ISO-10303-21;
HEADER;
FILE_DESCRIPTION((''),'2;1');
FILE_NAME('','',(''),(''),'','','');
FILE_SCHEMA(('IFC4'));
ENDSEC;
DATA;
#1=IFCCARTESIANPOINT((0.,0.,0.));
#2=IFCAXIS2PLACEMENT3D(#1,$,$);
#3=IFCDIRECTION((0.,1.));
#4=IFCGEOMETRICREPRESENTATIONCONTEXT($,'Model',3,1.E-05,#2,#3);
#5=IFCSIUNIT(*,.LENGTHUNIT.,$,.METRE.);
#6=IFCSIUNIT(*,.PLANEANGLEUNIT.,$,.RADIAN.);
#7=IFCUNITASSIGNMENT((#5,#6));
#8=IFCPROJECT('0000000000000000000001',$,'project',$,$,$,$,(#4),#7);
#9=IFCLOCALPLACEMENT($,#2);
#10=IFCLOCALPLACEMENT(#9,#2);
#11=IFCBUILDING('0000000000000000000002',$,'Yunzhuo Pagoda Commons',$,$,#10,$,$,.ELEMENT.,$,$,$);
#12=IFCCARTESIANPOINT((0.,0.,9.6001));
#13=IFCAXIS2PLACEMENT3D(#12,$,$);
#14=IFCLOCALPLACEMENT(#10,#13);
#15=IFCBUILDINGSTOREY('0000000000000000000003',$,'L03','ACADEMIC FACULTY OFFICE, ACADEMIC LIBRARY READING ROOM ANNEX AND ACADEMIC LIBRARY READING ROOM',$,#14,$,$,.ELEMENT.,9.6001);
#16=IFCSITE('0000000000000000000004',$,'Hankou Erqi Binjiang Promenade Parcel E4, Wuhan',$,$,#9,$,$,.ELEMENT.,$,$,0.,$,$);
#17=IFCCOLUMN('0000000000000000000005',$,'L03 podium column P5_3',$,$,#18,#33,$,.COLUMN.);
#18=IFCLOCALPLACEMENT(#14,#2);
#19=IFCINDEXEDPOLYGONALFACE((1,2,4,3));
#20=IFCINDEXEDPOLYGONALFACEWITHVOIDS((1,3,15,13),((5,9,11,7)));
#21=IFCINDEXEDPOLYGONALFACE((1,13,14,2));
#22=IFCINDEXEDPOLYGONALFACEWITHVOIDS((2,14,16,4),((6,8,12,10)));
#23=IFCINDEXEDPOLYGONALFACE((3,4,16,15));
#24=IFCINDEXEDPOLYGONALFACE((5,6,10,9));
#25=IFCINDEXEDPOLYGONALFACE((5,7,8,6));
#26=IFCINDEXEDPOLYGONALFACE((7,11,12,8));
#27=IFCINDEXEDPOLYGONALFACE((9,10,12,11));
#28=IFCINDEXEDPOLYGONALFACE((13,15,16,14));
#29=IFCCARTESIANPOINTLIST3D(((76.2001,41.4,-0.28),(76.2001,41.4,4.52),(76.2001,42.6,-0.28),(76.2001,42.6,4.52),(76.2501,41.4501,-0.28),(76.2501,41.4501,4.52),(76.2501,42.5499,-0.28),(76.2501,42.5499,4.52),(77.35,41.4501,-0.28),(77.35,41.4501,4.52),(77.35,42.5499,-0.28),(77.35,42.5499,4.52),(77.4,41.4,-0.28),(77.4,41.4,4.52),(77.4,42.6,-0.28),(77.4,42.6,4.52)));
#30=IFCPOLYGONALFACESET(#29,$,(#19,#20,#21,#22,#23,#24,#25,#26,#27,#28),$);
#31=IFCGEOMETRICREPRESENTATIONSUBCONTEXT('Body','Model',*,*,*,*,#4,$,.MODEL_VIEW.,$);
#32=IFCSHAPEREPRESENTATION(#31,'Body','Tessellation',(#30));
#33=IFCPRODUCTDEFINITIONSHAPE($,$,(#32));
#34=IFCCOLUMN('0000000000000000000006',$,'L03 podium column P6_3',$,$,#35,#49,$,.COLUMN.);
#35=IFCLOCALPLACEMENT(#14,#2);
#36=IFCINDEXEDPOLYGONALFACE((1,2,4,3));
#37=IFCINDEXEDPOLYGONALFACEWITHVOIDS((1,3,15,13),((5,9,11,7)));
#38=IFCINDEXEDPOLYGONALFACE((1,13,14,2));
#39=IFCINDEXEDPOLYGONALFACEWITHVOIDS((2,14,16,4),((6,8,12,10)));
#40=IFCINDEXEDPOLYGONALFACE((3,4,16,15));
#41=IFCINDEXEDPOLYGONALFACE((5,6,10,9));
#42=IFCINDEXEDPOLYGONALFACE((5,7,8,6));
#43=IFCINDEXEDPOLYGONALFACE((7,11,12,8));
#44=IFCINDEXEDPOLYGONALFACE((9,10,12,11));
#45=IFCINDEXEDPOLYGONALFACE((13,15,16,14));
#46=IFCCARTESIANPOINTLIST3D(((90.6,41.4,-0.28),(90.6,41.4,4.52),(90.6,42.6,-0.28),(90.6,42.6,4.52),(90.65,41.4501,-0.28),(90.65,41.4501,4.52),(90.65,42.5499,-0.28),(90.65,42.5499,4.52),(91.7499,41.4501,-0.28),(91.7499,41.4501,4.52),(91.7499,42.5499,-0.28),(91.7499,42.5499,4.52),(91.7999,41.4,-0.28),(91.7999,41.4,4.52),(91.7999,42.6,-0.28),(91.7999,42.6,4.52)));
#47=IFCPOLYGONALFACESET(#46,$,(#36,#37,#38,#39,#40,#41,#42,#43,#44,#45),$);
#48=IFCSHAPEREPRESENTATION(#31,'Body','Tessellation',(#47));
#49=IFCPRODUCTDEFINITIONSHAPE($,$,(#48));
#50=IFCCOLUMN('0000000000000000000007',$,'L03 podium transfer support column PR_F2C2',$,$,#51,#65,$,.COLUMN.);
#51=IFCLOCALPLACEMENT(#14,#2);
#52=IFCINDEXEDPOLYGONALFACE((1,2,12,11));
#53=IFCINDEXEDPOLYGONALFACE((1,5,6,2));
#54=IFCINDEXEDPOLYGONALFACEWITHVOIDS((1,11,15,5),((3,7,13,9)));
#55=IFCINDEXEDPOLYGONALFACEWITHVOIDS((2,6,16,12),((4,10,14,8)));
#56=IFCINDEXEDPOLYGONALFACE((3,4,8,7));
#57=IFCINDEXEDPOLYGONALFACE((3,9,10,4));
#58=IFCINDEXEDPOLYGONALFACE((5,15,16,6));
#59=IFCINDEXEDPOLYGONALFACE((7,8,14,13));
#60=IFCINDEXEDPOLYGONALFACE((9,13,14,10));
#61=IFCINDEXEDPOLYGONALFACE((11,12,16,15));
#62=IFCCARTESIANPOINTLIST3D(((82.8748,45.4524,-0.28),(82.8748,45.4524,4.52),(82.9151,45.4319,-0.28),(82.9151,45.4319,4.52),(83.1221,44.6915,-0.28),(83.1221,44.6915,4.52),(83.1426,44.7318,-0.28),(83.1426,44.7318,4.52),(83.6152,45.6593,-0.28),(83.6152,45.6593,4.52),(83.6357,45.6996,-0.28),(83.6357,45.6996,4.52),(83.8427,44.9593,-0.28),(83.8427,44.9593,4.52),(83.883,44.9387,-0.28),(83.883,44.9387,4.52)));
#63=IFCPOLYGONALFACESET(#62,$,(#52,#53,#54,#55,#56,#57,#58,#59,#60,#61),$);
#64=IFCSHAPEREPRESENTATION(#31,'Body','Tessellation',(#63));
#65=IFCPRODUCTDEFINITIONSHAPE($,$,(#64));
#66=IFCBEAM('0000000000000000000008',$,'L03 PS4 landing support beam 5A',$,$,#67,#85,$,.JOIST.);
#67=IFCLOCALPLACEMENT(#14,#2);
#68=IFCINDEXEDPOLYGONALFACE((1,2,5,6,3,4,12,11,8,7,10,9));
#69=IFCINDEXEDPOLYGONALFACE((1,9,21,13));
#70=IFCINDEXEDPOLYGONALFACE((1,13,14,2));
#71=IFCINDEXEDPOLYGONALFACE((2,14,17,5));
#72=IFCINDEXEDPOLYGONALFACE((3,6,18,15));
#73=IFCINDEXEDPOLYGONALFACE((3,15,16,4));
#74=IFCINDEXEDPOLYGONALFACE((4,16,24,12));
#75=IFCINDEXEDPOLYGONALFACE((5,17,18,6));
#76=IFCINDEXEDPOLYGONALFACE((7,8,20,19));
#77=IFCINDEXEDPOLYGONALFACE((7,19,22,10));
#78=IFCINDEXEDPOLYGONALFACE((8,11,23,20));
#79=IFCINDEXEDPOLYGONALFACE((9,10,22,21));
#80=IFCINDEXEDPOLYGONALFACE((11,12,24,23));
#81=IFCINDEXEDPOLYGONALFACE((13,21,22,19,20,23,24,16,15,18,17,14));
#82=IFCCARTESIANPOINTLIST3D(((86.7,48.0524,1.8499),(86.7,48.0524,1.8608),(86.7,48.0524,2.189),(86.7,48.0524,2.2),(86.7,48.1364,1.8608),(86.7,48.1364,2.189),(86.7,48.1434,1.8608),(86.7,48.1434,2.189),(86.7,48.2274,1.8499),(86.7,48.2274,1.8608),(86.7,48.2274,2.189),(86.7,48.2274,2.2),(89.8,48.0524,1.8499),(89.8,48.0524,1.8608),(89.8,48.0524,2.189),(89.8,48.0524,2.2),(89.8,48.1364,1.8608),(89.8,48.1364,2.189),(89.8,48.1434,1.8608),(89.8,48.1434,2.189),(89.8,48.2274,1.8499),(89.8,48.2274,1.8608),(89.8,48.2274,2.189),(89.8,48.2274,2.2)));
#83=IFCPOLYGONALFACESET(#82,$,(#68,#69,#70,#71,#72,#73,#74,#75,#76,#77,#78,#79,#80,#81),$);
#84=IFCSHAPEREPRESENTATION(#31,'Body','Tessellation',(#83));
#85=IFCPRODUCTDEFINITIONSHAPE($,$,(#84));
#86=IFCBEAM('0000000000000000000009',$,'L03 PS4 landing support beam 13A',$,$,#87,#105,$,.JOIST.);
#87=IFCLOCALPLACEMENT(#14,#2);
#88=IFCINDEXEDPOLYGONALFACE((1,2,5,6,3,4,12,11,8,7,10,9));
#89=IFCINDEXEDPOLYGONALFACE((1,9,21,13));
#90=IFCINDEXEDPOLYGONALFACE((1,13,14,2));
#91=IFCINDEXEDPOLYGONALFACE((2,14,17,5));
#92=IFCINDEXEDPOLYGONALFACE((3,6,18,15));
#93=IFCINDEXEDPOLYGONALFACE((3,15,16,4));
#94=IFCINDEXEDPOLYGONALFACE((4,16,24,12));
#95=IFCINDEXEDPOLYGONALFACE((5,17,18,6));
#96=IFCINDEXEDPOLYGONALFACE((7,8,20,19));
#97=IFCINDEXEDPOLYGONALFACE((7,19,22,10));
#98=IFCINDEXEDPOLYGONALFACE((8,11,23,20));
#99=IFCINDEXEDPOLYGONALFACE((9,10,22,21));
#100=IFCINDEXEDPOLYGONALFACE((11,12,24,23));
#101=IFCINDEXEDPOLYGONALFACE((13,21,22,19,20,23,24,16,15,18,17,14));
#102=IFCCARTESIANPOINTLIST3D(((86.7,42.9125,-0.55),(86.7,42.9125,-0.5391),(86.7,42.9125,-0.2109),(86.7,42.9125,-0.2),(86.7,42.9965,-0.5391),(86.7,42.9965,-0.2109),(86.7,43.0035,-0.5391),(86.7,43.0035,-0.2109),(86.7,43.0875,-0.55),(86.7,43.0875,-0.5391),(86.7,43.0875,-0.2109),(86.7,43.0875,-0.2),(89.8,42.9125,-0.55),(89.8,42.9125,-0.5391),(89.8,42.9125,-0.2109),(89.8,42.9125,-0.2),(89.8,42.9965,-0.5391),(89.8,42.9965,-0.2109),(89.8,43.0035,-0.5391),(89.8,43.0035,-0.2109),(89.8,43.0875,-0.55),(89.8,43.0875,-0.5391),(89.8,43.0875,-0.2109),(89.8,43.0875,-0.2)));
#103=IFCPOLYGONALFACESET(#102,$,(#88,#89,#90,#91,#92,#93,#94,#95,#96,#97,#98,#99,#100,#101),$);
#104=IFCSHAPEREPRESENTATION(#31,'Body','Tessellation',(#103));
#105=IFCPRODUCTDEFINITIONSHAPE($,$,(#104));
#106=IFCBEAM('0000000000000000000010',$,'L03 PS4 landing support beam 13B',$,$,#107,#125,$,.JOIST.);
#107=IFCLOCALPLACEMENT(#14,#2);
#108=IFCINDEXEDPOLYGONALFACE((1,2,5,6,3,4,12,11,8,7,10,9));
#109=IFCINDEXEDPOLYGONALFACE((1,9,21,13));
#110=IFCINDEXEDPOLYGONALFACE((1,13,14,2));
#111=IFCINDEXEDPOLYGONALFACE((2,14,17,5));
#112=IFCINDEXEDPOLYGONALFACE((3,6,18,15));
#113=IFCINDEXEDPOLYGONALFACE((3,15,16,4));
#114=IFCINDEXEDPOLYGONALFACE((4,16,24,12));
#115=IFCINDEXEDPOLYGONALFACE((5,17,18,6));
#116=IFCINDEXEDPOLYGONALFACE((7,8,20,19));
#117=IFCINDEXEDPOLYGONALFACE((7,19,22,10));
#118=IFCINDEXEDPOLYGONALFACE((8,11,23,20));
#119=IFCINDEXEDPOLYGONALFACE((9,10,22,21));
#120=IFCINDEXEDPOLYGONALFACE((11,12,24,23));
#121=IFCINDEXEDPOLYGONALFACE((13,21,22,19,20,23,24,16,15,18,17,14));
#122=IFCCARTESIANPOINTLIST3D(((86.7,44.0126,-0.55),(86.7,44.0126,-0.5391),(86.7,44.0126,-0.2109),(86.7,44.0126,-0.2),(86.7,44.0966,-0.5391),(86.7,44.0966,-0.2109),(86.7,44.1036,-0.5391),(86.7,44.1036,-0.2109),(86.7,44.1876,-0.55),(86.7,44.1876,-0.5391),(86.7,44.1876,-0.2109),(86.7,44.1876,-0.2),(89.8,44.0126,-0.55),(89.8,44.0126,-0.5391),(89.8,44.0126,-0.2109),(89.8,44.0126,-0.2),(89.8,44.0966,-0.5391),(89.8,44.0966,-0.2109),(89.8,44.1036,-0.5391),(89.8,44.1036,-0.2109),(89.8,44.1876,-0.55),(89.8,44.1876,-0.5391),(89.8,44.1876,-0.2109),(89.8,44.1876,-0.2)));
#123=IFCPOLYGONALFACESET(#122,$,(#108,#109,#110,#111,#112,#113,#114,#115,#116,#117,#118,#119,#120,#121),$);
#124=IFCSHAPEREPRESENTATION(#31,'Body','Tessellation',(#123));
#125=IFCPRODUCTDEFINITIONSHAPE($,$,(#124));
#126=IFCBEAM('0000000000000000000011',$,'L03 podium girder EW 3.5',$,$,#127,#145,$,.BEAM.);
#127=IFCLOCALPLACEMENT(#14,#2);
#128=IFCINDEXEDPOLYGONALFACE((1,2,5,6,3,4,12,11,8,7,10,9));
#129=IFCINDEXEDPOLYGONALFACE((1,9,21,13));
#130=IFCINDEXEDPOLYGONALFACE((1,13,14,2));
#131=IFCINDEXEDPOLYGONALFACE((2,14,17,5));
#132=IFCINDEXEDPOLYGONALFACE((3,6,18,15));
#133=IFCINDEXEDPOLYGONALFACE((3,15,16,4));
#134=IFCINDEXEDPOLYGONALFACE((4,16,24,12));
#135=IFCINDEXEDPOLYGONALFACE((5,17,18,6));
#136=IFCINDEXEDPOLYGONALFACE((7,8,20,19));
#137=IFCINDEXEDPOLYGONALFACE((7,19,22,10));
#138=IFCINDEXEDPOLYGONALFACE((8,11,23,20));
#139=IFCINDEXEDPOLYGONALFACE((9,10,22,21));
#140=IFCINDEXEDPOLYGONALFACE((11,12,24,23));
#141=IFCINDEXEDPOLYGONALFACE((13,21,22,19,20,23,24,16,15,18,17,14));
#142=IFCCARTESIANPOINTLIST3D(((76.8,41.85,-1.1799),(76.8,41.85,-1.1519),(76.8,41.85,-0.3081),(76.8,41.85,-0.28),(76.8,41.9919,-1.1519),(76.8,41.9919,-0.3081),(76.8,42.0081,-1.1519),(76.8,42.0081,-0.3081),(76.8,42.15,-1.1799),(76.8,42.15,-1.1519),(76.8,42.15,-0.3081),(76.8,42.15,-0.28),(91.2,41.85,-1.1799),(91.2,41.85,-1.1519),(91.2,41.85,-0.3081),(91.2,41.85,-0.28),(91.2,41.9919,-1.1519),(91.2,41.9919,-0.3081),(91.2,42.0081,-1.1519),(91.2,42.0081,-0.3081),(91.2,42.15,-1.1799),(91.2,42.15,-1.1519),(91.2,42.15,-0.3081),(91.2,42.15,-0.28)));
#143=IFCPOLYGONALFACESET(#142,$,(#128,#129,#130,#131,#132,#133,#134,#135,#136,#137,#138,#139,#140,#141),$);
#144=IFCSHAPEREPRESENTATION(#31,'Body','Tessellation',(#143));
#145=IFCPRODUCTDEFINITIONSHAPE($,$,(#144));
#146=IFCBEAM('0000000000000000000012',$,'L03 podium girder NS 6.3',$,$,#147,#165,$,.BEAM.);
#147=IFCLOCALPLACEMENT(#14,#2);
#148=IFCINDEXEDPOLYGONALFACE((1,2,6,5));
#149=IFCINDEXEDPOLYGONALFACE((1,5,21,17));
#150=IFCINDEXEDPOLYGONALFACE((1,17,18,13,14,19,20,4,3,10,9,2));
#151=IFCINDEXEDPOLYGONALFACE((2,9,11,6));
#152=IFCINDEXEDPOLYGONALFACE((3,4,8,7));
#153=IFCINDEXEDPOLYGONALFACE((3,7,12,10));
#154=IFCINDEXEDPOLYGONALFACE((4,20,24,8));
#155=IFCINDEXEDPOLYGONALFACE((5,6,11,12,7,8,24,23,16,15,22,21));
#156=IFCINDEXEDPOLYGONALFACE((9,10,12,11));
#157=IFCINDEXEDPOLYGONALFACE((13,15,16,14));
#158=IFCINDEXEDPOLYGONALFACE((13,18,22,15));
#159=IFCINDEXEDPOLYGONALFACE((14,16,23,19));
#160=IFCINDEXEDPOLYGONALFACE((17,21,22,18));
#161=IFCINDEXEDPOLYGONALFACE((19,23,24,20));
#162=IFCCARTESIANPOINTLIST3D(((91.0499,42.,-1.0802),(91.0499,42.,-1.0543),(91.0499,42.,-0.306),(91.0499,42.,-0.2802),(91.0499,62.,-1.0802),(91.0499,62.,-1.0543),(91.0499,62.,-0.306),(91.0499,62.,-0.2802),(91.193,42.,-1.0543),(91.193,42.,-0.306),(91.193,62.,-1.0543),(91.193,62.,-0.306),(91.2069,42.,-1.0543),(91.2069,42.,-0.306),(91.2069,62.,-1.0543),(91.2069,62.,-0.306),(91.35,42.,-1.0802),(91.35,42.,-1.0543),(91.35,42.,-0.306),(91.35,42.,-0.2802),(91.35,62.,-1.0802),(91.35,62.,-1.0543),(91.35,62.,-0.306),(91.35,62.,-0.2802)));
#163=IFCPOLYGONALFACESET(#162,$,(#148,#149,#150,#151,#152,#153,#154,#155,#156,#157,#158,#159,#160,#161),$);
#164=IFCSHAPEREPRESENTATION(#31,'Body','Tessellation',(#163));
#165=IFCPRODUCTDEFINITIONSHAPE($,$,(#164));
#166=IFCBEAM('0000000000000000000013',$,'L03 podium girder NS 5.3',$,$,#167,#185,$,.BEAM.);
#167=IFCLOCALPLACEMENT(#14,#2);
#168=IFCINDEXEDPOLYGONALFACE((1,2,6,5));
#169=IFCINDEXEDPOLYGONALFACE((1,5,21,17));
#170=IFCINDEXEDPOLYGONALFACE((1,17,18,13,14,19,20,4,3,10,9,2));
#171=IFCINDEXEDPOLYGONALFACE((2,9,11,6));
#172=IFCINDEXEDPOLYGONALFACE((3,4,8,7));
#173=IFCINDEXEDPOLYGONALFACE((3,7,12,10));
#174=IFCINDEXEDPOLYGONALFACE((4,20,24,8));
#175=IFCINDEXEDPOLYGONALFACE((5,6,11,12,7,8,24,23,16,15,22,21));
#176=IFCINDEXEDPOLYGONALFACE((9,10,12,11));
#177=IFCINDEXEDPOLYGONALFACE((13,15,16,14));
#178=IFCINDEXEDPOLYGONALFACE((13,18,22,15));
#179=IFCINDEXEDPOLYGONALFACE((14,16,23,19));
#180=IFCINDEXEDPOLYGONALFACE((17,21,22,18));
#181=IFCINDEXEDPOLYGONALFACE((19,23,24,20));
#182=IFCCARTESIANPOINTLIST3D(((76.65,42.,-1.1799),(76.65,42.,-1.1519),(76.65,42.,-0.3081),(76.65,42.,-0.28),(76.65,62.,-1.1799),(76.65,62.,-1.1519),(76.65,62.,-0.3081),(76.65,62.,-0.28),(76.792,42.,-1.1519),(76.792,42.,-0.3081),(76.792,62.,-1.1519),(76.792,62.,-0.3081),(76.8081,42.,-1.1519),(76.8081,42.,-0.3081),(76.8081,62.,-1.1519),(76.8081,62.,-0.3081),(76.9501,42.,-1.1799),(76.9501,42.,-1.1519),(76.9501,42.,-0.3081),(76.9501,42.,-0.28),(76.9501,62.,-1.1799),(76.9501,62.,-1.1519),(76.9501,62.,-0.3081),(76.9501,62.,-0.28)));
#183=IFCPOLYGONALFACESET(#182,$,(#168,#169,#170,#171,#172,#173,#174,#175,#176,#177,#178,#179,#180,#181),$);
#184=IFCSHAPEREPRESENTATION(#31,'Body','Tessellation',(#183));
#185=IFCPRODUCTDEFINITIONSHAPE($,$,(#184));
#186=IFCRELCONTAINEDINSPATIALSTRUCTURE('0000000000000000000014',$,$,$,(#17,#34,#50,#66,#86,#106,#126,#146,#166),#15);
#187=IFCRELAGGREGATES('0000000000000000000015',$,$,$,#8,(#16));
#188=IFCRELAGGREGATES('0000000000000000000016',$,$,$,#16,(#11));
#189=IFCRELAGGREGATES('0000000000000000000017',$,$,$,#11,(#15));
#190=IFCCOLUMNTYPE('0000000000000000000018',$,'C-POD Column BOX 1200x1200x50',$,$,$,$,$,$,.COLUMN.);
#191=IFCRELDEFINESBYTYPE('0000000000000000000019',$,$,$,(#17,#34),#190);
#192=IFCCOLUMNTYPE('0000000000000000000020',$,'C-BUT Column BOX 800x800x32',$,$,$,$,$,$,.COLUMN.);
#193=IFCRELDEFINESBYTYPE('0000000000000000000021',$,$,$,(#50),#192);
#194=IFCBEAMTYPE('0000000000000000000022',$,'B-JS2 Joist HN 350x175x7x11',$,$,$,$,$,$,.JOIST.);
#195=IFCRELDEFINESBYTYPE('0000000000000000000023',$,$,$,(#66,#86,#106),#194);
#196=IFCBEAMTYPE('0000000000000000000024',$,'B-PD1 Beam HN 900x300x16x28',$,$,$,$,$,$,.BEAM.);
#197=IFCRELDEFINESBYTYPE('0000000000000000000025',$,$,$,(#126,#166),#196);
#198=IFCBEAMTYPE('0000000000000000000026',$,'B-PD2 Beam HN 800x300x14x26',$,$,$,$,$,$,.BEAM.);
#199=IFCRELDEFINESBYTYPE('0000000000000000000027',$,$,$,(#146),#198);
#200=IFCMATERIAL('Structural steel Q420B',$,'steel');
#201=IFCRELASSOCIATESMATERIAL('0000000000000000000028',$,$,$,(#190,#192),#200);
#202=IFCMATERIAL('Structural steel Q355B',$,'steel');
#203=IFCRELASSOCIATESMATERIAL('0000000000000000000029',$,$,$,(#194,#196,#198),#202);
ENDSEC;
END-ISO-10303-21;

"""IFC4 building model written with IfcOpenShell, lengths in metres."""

from ifc_helpers import new_model, si_unit, direction, frame, origin, origin_2d, place, context, subcontext, project, spatial, hollow_rectangle, i_section, extrude, source, transform, mapped, material, material_profile, profile_set, type_object, element, save


model = new_model("IFC4")

# Units and contexts
model_context = context("Model", 3, precision=1e-05, world=origin(), true_north=direction((0.0, 1.0)))
body_context = subcontext(model_context, "Body", "Model", "MODEL_VIEW")
ifc_project = project(units=[si_unit("LENGTHUNIT", "METRE"), si_unit("PLANEANGLEUNIT", "RADIAN")], contexts=[model_context])

# Site, building, storey
site_placement = place(None, origin())
site = spatial("IfcSite", under=ifc_project, at=site_placement, Name="Hankou Erqi Binjiang Promenade Parcel E4, Wuhan", CompositionType="ELEMENT", RefElevation=0.0)
building_placement = place(site_placement, origin())
building = spatial("IfcBuilding", under=site, at=building_placement, Name="Yunzhuo Pagoda Commons", CompositionType="ELEMENT")
storey_placement = place(building_placement, frame((0.0, 0.0, 9.6001)))
storey = spatial("IfcBuildingStorey", under=building, at=storey_placement, Name="L03", Description="ACADEMIC FACULTY OFFICE, ACADEMIC LIBRARY READING ROOM ANNEX AND ACADEMIC LIBRARY READING ROOM", CompositionType="ELEMENT", Elevation=9.6001)

# Columns
ifc_material_1 = material(Name="Structural steel Q420B", Category="steel")
ifc_material_profile_1 = material_profile(ifc_material_1, hollow_rectangle(XDim=1.2, YDim=1.2, WallThickness=0.05, at=origin_2d()), Name="Structural steel Q420B")
ifc_profile_set_1 = profile_set([ifc_material_profile_1], Name="Structural steel Q420B")
column_type_1 = type_object("IfcColumnType", Name="C-POD Column BOX 1200x1200x50", PredefinedType="COLUMN", material=ifc_profile_set_1)
shared_shape_1 = source(origin(), body_context, "Body", "SweptSolid", [
    extrude(hollow_rectangle(XDim=1.2, YDim=1.2, WallThickness=0.05, at=origin_2d()), origin(), (0.0, 0.0, 1.0), 4.8),
])
for number, where, z_axis, x_axis, name in (
    (1, (76.8, 42.0, -0.28), (0.0, 0.0, 1.0), (1.0, 0.0, 0.0), "L03 podium column P5_3"),
    (2, (91.2, 42.0, -0.28), (0.0, 0.0, 1.0), (1.0, 0.0, 0.0), "L03 podium column P6_3"),
):
    element("IfcColumn", number, at=place(storey_placement, frame(where, z_axis=z_axis, x_axis=x_axis)), inside=storey, type_object=column_type_1, Name=name, PredefinedType="COLUMN", context=body_context, shape_type="MappedRepresentation", body=[
        mapped(shared_shape_1, transform((0.0, 0.0, 0.0), scale=1.0)),
    ])
ifc_material_profile_2 = material_profile(ifc_material_1, hollow_rectangle(XDim=0.8, YDim=0.8, WallThickness=0.032, at=origin_2d()), Name="Structural steel Q420B")
ifc_profile_set_2 = profile_set([ifc_material_profile_2], Name="Structural steel Q420B")
column_type_2 = type_object("IfcColumnType", Name="C-BUT Column BOX 800x800x32", PredefinedType="COLUMN", material=ifc_profile_set_2)
shared_shape_2 = source(origin(), body_context, "Body", "SweptSolid", [
    extrude(hollow_rectangle(XDim=0.8, YDim=0.8, WallThickness=0.032, at=origin_2d()), origin(), (0.0, 0.0, 1.0), 4.8),
])
column_placement = place(storey_placement, frame((83.3789, 45.1956, -0.28), z_axis=(0.0, 0.0, 1.0), x_axis=(-0.309017, 0.951057, 0.0)))
element("IfcColumn", 3, at=column_placement, inside=storey, type_object=column_type_2, Name="L03 podium transfer support column PR_F2C2", PredefinedType="COLUMN", context=body_context, shape_type="MappedRepresentation", body=[
    mapped(shared_shape_2, transform((0.0, 0.0, 0.0), scale=1.0)),
])

# Beams
ifc_material_2 = material(Name="Structural steel Q355B", Category="steel")
ifc_material_profile_3 = material_profile(ifc_material_2, i_section(OverallWidth=0.175, OverallDepth=0.3501, WebThickness=0.0071, FlangeThickness=0.011, at=origin_2d()), Name="Structural steel Q355B")
ifc_profile_set_3 = profile_set([ifc_material_profile_3], Name="Structural steel Q355B")
beam_type_1 = type_object("IfcBeamType", Name="B-JS2 Joist HN 350x175x7x11", PredefinedType="JOIST", material=ifc_profile_set_3)
shared_shape_3 = source(origin(), body_context, "Body", "SweptSolid", [
    extrude(i_section(OverallWidth=0.175, OverallDepth=0.3501, WebThickness=0.0071, FlangeThickness=0.011, at=origin_2d()), origin(), (0.0, 0.0, 1.0), 3.1001),
])
for number, where, z_axis, x_axis, name in (
    (4, (86.7, 48.1399, 2.0249), (1.0, 0.0, 0.0), (0.0, 1.0, 0.0), "L03 PS4 landing support beam 5A"),
    (5, (86.7, 43.0, -0.375), (1.0, 0.0, 0.0), (0.0, 1.0, 0.0), "L03 PS4 landing support beam 13A"),
    (6, (86.7, 44.1001, -0.375), (1.0, 0.0, 0.0), (0.0, 1.0, 0.0), "L03 PS4 landing support beam 13B"),
):
    element("IfcBeam", number, at=place(storey_placement, frame(where, z_axis=z_axis, x_axis=x_axis)), inside=storey, type_object=beam_type_1, Name=name, PredefinedType="JOIST", context=body_context, shape_type="MappedRepresentation", body=[
        mapped(shared_shape_3, transform((0.0, 0.0, 0.0), scale=1.0)),
    ])
ifc_material_profile_4 = material_profile(ifc_material_2, i_section(OverallWidth=0.3, OverallDepth=0.8999, WebThickness=0.0161, FlangeThickness=0.0281, at=origin_2d()), Name="Structural steel Q355B")
ifc_profile_set_4 = profile_set([ifc_material_profile_4], Name="Structural steel Q355B")
beam_type_2 = type_object("IfcBeamType", Name="B-PD1 Beam HN 900x300x16x28", PredefinedType="BEAM", material=ifc_profile_set_4)
shared_shape_4 = source(origin(), body_context, "Body", "SweptSolid", [
    extrude(i_section(OverallWidth=0.3, OverallDepth=0.8999, WebThickness=0.0161, FlangeThickness=0.0281, at=origin_2d()), origin(), (0.0, 0.0, 1.0), 14.3999),
])
beam_1_placement = place(storey_placement, frame((76.8, 42.0, -0.73), z_axis=(1.0, 0.0, 0.0), x_axis=(0.0, 1.0, 0.0)))
element("IfcBeam", 7, at=beam_1_placement, inside=storey, type_object=beam_type_2, Name="L03 podium girder EW 3.5", PredefinedType="BEAM", context=body_context, shape_type="MappedRepresentation", body=[
    mapped(shared_shape_4, transform((0.0, 0.0, 0.0), scale=1.0)),
])
ifc_material_profile_5 = material_profile(ifc_material_2, i_section(OverallWidth=0.3, OverallDepth=0.8, WebThickness=0.0139, FlangeThickness=0.0259, at=origin_2d()), Name="Structural steel Q355B")
ifc_profile_set_5 = profile_set([ifc_material_profile_5], Name="Structural steel Q355B")
beam_type_3 = type_object("IfcBeamType", Name="B-PD2 Beam HN 800x300x14x26", PredefinedType="BEAM", material=ifc_profile_set_5)
shared_shape_5 = source(origin(), body_context, "Body", "SweptSolid", [
    extrude(i_section(OverallWidth=0.3, OverallDepth=0.8, WebThickness=0.0139, FlangeThickness=0.0259, at=origin_2d()), origin(), (0.0, 0.0, 1.0), 20.0),
])
beam_2_placement = place(storey_placement, frame((91.2, 42.0, -0.6802), z_axis=(0.0, 1.0, 0.0), x_axis=(-1.0, 0.0, 0.0)))
element("IfcBeam", 8, at=beam_2_placement, inside=storey, type_object=beam_type_3, Name="L03 podium girder NS 6.3", PredefinedType="BEAM", context=body_context, shape_type="MappedRepresentation", body=[
    mapped(shared_shape_5, transform((0.0, 0.0, 0.0), scale=1.0)),
])
shared_shape_6 = source(origin(), body_context, "Body", "SweptSolid", [
    extrude(i_section(OverallWidth=0.3, OverallDepth=0.8999, WebThickness=0.0161, FlangeThickness=0.0281, at=origin_2d()), origin(), (0.0, 0.0, 1.0), 20.0),
])
beam_3_placement = place(storey_placement, frame((76.8, 42.0, -0.73), z_axis=(0.0, 1.0, 0.0), x_axis=(-1.0, 0.0, 0.0)))
element("IfcBeam", 9, at=beam_3_placement, inside=storey, type_object=beam_type_2, Name="L03 podium girder NS 5.3", PredefinedType="BEAM", context=body_context, shape_type="MappedRepresentation", body=[
    mapped(shared_shape_6, transform((0.0, 0.0, 0.0), scale=1.0)),
])

save(model, "model.ifc")
